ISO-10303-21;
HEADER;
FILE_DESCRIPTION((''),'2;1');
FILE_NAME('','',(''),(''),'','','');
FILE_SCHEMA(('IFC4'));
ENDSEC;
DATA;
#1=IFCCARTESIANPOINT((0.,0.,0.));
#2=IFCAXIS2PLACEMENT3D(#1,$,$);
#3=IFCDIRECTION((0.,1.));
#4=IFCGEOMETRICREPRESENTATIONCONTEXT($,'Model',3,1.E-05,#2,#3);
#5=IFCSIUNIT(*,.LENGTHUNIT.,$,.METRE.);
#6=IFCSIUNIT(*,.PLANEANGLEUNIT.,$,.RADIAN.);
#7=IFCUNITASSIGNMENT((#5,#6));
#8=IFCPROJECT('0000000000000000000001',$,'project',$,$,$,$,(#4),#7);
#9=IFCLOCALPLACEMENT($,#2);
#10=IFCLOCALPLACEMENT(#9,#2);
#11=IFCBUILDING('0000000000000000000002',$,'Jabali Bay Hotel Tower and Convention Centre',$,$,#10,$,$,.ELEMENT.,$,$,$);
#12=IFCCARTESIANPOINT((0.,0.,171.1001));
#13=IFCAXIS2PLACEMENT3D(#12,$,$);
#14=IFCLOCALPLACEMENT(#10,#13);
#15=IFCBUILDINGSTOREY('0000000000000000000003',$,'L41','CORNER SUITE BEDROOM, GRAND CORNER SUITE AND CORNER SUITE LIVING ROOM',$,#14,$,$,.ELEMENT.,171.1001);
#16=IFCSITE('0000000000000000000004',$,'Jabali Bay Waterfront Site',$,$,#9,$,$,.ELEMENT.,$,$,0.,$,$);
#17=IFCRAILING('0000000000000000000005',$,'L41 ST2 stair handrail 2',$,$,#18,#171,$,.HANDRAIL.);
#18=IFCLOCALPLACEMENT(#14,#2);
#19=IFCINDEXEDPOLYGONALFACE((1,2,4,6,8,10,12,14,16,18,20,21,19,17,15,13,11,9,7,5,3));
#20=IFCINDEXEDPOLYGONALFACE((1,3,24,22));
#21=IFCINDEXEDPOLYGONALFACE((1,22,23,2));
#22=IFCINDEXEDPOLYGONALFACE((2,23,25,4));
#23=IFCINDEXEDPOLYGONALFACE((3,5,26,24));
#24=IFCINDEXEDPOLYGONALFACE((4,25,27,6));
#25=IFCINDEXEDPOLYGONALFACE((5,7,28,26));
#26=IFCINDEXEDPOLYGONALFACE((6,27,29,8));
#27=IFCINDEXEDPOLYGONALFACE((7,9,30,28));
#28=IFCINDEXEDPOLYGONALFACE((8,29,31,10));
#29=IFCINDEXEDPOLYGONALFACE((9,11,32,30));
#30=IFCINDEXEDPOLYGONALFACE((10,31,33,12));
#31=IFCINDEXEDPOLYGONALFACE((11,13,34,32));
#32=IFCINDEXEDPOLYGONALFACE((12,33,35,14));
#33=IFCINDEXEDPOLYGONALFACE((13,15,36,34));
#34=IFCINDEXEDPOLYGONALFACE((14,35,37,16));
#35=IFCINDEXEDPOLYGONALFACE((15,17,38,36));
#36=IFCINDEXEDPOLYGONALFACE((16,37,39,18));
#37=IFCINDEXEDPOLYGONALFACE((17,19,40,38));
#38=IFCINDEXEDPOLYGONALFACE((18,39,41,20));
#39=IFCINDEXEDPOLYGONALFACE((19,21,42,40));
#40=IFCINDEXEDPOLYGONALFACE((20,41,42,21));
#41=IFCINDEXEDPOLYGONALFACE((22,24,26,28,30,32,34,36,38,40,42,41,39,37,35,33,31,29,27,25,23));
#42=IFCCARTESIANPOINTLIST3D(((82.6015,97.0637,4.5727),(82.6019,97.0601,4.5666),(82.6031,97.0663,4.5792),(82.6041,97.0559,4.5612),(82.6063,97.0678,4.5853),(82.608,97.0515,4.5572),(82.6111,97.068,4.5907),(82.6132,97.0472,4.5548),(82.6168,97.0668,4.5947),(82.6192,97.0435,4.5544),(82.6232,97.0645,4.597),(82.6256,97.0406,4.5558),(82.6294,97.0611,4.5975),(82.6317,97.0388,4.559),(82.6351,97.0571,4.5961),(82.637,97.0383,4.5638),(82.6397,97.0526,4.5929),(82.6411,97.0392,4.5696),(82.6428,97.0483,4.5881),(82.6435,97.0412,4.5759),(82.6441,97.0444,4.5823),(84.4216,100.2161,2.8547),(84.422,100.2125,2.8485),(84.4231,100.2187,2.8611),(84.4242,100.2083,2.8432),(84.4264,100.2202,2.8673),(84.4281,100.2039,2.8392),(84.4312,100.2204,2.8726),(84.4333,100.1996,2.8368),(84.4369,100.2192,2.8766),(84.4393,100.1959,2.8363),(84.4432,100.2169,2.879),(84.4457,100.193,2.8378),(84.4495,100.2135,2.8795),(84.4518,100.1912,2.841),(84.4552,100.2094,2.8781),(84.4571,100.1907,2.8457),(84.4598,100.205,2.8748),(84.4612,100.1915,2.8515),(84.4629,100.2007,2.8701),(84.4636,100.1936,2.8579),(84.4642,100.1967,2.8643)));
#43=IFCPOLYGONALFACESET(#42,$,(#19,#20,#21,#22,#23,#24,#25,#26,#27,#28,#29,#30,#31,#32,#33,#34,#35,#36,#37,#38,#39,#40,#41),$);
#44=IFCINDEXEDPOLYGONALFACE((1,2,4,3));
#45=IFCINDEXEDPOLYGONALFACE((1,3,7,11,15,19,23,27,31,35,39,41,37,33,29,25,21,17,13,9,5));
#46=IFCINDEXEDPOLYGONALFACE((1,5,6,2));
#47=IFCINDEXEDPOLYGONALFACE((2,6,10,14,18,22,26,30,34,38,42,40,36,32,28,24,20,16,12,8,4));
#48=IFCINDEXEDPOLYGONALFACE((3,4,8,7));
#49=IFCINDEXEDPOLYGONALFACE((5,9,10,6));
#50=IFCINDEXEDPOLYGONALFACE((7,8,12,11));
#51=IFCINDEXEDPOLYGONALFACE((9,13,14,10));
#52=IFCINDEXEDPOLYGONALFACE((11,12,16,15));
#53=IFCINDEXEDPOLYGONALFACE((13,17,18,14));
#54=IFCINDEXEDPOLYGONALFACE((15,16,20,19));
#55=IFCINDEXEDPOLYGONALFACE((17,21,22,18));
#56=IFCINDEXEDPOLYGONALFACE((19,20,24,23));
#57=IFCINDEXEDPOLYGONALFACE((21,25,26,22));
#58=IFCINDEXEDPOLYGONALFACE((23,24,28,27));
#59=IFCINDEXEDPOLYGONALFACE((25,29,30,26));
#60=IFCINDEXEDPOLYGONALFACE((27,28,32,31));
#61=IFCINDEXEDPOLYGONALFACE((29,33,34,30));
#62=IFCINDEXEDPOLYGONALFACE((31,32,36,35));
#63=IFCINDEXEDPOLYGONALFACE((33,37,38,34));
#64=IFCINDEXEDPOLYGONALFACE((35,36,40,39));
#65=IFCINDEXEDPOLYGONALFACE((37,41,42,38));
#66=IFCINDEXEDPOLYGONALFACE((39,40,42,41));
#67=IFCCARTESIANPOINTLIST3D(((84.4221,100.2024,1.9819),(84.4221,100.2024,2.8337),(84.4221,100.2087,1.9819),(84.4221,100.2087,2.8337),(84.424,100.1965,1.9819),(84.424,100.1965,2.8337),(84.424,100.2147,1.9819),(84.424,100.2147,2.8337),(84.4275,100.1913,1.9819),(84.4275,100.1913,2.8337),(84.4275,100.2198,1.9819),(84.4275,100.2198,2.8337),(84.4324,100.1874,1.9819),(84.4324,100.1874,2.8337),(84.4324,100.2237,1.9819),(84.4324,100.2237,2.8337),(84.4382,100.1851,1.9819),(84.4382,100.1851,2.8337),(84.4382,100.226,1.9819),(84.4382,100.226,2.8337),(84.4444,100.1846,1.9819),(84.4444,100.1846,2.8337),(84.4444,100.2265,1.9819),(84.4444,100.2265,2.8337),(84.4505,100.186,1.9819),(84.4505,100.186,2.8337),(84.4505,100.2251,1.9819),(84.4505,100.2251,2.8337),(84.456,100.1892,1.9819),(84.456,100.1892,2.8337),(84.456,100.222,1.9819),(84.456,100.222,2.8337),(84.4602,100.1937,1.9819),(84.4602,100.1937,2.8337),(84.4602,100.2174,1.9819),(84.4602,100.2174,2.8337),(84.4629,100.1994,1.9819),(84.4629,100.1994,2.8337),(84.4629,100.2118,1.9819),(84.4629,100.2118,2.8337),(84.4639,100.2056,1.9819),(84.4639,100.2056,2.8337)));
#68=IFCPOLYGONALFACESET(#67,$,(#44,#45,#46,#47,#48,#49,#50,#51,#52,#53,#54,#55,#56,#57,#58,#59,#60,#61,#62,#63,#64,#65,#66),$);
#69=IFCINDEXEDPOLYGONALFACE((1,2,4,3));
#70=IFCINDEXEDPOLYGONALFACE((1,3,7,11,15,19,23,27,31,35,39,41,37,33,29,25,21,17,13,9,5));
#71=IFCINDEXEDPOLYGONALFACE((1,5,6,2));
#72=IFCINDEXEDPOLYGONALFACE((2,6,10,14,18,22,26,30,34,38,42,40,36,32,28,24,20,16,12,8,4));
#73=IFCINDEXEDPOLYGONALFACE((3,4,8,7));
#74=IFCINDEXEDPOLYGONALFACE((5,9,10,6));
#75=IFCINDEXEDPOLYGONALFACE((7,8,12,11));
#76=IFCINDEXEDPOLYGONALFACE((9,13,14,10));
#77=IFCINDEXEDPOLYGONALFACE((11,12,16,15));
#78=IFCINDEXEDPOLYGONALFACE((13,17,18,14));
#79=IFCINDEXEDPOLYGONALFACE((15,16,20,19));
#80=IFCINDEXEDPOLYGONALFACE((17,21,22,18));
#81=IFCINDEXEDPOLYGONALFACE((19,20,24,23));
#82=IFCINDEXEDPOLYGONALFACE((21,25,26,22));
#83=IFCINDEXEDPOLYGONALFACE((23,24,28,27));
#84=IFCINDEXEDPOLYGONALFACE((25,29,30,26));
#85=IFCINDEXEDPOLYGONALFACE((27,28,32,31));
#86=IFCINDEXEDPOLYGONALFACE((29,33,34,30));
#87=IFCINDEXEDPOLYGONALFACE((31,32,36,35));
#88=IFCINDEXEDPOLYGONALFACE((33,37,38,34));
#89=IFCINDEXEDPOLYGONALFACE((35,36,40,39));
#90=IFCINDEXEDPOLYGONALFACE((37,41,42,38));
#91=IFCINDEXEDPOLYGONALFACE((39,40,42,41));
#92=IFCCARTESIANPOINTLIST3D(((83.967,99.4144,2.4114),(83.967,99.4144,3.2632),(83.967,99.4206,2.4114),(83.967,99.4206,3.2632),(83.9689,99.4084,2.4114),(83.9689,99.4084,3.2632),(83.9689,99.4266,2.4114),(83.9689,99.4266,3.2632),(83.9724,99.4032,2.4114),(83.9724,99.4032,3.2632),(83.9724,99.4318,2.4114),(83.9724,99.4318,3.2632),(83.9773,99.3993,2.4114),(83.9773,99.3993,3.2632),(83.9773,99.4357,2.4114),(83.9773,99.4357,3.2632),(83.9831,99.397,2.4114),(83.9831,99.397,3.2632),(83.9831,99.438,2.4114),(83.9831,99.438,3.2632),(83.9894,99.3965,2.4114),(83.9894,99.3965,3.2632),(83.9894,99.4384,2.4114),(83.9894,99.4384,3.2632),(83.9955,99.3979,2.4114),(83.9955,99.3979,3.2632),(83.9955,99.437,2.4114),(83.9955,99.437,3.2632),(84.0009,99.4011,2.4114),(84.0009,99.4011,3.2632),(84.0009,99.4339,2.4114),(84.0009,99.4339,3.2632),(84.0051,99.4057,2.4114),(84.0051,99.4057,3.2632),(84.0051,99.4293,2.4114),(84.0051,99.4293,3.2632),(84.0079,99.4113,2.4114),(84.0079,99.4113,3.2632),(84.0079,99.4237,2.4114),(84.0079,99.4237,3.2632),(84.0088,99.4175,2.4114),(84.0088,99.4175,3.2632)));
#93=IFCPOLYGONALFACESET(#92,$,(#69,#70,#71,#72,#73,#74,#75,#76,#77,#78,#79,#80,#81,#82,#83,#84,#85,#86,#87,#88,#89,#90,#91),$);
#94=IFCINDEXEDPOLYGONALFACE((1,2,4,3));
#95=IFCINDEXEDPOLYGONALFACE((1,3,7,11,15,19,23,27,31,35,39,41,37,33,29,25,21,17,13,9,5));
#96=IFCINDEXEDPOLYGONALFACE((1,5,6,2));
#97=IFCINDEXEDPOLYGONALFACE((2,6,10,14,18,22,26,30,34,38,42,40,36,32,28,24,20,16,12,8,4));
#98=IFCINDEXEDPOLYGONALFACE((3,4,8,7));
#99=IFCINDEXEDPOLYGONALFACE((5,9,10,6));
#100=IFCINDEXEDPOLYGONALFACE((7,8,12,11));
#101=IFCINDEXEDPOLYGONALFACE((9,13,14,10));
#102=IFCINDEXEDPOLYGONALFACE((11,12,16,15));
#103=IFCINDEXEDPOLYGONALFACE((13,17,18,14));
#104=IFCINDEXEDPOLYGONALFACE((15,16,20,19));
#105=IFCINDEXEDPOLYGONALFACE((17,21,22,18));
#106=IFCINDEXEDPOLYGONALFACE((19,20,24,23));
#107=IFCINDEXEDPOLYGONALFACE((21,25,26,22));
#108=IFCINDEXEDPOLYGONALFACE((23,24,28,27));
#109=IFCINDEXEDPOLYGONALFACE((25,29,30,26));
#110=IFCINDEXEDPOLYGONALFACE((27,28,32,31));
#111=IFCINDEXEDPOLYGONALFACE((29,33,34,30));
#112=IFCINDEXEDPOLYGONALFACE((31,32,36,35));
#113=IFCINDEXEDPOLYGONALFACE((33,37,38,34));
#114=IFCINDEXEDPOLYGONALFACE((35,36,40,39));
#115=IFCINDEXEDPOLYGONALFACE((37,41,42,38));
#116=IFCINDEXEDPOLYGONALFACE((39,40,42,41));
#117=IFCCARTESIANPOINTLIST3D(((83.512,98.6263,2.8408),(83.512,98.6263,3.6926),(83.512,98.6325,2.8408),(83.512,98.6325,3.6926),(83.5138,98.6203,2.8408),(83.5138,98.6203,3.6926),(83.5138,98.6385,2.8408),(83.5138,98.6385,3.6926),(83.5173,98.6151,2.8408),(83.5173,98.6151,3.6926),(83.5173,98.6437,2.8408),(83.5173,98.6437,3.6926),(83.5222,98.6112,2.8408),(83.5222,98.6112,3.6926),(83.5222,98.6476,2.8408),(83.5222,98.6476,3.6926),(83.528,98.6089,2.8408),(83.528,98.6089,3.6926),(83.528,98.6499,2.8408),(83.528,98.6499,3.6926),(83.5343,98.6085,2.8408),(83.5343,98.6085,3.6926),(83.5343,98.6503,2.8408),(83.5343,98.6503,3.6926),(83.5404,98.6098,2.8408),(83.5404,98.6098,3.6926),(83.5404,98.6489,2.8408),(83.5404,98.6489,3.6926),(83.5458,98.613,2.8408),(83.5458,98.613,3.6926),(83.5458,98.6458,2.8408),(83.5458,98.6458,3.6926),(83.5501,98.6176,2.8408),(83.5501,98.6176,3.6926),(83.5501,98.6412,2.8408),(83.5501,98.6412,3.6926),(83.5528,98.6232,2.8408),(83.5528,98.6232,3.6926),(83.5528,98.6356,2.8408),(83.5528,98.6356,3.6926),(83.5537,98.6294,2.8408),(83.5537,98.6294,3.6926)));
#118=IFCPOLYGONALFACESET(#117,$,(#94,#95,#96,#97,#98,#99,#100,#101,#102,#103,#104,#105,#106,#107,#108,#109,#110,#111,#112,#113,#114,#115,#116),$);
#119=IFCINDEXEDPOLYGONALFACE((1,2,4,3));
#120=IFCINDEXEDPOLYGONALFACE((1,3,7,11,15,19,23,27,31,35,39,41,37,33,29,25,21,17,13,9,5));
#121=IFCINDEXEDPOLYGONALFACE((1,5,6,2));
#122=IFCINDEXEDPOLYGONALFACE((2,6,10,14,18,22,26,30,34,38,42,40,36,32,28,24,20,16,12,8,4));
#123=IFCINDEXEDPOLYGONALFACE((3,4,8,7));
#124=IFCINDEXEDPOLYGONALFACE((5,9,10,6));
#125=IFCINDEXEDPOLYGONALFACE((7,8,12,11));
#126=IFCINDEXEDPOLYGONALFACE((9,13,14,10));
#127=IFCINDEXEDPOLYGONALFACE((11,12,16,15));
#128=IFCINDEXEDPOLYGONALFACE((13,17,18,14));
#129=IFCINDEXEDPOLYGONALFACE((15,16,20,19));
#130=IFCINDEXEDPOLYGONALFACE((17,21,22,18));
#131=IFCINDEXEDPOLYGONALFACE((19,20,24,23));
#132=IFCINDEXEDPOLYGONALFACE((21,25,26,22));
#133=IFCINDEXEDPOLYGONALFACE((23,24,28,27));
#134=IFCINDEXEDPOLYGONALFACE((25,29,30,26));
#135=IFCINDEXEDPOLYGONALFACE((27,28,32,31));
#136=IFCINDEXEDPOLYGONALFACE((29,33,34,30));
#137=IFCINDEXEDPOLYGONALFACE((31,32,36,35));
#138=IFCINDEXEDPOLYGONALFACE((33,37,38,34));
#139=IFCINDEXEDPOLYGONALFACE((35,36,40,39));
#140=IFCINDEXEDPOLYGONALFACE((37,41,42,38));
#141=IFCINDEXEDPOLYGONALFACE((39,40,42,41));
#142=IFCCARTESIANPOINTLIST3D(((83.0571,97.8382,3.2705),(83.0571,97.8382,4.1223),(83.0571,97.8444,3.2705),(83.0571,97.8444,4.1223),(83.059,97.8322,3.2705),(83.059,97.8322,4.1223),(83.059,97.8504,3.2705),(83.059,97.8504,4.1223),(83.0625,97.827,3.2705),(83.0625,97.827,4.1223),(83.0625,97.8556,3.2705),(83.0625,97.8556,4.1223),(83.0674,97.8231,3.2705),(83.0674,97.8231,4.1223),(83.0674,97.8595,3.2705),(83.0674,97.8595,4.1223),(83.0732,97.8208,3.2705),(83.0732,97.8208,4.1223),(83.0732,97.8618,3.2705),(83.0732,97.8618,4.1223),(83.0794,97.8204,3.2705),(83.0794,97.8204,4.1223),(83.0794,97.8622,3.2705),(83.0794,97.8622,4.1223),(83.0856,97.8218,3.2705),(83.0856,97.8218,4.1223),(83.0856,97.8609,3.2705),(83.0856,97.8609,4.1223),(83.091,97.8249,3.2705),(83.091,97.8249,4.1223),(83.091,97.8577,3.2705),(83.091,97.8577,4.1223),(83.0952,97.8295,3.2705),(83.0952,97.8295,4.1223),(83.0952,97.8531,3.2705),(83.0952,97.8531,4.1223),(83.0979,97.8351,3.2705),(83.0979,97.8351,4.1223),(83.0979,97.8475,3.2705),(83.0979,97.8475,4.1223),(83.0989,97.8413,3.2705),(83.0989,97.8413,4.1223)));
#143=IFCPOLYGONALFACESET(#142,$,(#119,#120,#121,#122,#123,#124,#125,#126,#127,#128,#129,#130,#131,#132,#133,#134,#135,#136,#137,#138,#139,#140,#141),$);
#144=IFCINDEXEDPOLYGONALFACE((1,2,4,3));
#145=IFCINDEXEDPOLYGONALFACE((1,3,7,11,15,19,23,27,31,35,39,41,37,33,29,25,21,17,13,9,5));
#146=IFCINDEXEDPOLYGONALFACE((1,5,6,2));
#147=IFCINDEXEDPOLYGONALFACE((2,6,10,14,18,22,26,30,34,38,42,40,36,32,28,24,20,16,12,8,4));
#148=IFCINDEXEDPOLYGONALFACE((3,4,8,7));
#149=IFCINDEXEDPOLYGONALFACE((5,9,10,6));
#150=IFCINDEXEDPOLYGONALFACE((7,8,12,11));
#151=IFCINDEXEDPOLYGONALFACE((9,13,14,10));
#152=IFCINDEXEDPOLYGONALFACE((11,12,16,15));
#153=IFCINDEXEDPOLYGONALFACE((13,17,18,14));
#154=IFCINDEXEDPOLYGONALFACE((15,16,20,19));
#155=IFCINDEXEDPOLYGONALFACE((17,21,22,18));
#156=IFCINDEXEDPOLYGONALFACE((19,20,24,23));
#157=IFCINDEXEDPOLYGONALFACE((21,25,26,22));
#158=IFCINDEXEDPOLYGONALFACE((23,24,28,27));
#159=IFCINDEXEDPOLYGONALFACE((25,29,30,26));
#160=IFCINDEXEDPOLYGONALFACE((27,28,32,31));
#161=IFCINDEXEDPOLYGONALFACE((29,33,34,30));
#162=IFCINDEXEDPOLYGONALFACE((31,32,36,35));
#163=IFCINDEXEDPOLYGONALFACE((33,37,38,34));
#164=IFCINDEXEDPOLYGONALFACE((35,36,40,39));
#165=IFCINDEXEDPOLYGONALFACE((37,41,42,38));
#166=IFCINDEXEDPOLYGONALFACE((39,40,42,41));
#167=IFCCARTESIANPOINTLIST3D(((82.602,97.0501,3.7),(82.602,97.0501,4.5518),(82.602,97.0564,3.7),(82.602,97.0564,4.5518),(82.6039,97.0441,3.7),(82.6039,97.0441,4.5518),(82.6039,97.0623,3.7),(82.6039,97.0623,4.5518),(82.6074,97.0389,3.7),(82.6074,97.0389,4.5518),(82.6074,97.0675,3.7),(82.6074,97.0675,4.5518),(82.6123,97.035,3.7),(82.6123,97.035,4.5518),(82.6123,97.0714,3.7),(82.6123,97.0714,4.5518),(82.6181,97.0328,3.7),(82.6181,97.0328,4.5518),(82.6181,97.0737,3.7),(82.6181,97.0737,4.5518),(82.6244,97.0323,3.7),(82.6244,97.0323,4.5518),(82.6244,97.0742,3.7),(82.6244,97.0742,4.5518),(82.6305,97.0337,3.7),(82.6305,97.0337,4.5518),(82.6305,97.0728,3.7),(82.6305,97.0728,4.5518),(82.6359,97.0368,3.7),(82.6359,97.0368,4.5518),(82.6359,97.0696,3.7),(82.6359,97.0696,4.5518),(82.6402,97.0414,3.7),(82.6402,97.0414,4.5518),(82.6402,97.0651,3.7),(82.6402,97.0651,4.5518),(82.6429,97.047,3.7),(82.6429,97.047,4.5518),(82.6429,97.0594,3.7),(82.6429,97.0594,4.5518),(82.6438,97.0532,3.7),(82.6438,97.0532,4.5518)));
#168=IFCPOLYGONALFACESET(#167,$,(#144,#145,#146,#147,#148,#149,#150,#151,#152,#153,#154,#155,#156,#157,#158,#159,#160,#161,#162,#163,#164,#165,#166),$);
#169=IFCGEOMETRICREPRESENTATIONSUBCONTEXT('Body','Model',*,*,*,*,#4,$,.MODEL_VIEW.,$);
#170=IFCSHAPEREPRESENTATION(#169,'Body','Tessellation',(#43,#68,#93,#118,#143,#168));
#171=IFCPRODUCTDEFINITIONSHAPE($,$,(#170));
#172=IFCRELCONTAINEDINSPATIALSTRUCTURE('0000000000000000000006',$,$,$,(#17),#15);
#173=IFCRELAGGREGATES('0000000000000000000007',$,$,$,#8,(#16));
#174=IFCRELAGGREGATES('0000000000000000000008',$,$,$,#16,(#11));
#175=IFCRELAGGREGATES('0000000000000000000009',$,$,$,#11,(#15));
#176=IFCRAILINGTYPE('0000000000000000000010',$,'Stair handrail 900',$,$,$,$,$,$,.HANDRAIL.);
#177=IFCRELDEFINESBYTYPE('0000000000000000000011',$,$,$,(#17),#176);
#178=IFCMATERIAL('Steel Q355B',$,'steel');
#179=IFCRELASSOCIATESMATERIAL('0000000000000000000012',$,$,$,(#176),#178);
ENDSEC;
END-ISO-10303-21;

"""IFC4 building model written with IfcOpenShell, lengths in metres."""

from ifc_helpers import new_model, si_unit, direction, frame, origin, origin_2d, place, context, subcontext, project, spatial, circle, extrude, material, type_object, element, save


model = new_model("IFC4")

# Units and contexts
model_context = context("Model", 3, precision=1e-05, world=origin(), true_north=direction((0.0, 1.0)))
body_context = subcontext(model_context, "Body", "Model", "MODEL_VIEW")
ifc_project = project(units=[si_unit("LENGTHUNIT", "METRE"), si_unit("PLANEANGLEUNIT", "RADIAN")], contexts=[model_context])

# Site, building, storey
site_placement = place(None, origin())
site = spatial("IfcSite", under=ifc_project, at=site_placement, Name="Jabali Bay Waterfront Site", CompositionType="ELEMENT", RefElevation=0.0)
building_placement = place(site_placement, origin())
building = spatial("IfcBuilding", under=site, at=building_placement, Name="Jabali Bay Hotel Tower and Convention Centre", CompositionType="ELEMENT")
storey_placement = place(building_placement, frame((0.0, 0.0, 171.1001)))
storey = spatial("IfcBuildingStorey", under=building, at=storey_placement, Name="L41", Description="CORNER SUITE BEDROOM, GRAND CORNER SUITE AND CORNER SUITE LIVING ROOM", CompositionType="ELEMENT", Elevation=171.1001)

# Railing
ifc_material_1 = material(Name="Steel Q355B", Category="steel")
railing_type_1 = type_object("IfcRailingType", Name="Stair handrail 900", PredefinedType="HANDRAIL", material=ifc_material_1)
railing_1_placement = place(storey_placement, frame((84.4429, 100.2056, 1.9819)))
element("IfcRailing", 1, at=railing_1_placement, inside=storey, type_object=railing_type_1, Name="L41 ST2 stair handrail 2", PredefinedType="HANDRAIL", context=body_context, shape_type="SweptSolid", body=[
    extrude(circle(Radius=0.0239, at=origin_2d()), frame((0.0, 0.0, 0.876), z_axis=(-0.452179, -0.78317, 0.426825), x_axis=(0.866018, -0.500013, 0.0)), (0.0, 0.0, 1.0), 4.0251),
    extrude(circle(Radius=0.021, at=origin_2d()), origin(), (0.0, 0.0, 1.0), 0.8518),
    extrude(circle(Radius=0.021, at=origin_2d()), frame((-0.4551, -0.7881, 0.4294)), (0.0, 0.0, 1.0), 0.8518),
    extrude(circle(Radius=0.021, at=origin_2d()), frame((-0.9102, -1.5762, 0.8589)), (0.0, 0.0, 1.0), 0.8518),
    extrude(circle(Radius=0.021, at=origin_2d()), frame((-1.365, -2.3643, 1.2886)), (0.0, 0.0, 1.0), 0.8518),
    extrude(circle(Radius=0.021, at=origin_2d()), frame((-1.8201, -3.1523, 1.718)), (0.0, 0.0, 1.0), 0.8518),
])

save(model, "model.ifc")
